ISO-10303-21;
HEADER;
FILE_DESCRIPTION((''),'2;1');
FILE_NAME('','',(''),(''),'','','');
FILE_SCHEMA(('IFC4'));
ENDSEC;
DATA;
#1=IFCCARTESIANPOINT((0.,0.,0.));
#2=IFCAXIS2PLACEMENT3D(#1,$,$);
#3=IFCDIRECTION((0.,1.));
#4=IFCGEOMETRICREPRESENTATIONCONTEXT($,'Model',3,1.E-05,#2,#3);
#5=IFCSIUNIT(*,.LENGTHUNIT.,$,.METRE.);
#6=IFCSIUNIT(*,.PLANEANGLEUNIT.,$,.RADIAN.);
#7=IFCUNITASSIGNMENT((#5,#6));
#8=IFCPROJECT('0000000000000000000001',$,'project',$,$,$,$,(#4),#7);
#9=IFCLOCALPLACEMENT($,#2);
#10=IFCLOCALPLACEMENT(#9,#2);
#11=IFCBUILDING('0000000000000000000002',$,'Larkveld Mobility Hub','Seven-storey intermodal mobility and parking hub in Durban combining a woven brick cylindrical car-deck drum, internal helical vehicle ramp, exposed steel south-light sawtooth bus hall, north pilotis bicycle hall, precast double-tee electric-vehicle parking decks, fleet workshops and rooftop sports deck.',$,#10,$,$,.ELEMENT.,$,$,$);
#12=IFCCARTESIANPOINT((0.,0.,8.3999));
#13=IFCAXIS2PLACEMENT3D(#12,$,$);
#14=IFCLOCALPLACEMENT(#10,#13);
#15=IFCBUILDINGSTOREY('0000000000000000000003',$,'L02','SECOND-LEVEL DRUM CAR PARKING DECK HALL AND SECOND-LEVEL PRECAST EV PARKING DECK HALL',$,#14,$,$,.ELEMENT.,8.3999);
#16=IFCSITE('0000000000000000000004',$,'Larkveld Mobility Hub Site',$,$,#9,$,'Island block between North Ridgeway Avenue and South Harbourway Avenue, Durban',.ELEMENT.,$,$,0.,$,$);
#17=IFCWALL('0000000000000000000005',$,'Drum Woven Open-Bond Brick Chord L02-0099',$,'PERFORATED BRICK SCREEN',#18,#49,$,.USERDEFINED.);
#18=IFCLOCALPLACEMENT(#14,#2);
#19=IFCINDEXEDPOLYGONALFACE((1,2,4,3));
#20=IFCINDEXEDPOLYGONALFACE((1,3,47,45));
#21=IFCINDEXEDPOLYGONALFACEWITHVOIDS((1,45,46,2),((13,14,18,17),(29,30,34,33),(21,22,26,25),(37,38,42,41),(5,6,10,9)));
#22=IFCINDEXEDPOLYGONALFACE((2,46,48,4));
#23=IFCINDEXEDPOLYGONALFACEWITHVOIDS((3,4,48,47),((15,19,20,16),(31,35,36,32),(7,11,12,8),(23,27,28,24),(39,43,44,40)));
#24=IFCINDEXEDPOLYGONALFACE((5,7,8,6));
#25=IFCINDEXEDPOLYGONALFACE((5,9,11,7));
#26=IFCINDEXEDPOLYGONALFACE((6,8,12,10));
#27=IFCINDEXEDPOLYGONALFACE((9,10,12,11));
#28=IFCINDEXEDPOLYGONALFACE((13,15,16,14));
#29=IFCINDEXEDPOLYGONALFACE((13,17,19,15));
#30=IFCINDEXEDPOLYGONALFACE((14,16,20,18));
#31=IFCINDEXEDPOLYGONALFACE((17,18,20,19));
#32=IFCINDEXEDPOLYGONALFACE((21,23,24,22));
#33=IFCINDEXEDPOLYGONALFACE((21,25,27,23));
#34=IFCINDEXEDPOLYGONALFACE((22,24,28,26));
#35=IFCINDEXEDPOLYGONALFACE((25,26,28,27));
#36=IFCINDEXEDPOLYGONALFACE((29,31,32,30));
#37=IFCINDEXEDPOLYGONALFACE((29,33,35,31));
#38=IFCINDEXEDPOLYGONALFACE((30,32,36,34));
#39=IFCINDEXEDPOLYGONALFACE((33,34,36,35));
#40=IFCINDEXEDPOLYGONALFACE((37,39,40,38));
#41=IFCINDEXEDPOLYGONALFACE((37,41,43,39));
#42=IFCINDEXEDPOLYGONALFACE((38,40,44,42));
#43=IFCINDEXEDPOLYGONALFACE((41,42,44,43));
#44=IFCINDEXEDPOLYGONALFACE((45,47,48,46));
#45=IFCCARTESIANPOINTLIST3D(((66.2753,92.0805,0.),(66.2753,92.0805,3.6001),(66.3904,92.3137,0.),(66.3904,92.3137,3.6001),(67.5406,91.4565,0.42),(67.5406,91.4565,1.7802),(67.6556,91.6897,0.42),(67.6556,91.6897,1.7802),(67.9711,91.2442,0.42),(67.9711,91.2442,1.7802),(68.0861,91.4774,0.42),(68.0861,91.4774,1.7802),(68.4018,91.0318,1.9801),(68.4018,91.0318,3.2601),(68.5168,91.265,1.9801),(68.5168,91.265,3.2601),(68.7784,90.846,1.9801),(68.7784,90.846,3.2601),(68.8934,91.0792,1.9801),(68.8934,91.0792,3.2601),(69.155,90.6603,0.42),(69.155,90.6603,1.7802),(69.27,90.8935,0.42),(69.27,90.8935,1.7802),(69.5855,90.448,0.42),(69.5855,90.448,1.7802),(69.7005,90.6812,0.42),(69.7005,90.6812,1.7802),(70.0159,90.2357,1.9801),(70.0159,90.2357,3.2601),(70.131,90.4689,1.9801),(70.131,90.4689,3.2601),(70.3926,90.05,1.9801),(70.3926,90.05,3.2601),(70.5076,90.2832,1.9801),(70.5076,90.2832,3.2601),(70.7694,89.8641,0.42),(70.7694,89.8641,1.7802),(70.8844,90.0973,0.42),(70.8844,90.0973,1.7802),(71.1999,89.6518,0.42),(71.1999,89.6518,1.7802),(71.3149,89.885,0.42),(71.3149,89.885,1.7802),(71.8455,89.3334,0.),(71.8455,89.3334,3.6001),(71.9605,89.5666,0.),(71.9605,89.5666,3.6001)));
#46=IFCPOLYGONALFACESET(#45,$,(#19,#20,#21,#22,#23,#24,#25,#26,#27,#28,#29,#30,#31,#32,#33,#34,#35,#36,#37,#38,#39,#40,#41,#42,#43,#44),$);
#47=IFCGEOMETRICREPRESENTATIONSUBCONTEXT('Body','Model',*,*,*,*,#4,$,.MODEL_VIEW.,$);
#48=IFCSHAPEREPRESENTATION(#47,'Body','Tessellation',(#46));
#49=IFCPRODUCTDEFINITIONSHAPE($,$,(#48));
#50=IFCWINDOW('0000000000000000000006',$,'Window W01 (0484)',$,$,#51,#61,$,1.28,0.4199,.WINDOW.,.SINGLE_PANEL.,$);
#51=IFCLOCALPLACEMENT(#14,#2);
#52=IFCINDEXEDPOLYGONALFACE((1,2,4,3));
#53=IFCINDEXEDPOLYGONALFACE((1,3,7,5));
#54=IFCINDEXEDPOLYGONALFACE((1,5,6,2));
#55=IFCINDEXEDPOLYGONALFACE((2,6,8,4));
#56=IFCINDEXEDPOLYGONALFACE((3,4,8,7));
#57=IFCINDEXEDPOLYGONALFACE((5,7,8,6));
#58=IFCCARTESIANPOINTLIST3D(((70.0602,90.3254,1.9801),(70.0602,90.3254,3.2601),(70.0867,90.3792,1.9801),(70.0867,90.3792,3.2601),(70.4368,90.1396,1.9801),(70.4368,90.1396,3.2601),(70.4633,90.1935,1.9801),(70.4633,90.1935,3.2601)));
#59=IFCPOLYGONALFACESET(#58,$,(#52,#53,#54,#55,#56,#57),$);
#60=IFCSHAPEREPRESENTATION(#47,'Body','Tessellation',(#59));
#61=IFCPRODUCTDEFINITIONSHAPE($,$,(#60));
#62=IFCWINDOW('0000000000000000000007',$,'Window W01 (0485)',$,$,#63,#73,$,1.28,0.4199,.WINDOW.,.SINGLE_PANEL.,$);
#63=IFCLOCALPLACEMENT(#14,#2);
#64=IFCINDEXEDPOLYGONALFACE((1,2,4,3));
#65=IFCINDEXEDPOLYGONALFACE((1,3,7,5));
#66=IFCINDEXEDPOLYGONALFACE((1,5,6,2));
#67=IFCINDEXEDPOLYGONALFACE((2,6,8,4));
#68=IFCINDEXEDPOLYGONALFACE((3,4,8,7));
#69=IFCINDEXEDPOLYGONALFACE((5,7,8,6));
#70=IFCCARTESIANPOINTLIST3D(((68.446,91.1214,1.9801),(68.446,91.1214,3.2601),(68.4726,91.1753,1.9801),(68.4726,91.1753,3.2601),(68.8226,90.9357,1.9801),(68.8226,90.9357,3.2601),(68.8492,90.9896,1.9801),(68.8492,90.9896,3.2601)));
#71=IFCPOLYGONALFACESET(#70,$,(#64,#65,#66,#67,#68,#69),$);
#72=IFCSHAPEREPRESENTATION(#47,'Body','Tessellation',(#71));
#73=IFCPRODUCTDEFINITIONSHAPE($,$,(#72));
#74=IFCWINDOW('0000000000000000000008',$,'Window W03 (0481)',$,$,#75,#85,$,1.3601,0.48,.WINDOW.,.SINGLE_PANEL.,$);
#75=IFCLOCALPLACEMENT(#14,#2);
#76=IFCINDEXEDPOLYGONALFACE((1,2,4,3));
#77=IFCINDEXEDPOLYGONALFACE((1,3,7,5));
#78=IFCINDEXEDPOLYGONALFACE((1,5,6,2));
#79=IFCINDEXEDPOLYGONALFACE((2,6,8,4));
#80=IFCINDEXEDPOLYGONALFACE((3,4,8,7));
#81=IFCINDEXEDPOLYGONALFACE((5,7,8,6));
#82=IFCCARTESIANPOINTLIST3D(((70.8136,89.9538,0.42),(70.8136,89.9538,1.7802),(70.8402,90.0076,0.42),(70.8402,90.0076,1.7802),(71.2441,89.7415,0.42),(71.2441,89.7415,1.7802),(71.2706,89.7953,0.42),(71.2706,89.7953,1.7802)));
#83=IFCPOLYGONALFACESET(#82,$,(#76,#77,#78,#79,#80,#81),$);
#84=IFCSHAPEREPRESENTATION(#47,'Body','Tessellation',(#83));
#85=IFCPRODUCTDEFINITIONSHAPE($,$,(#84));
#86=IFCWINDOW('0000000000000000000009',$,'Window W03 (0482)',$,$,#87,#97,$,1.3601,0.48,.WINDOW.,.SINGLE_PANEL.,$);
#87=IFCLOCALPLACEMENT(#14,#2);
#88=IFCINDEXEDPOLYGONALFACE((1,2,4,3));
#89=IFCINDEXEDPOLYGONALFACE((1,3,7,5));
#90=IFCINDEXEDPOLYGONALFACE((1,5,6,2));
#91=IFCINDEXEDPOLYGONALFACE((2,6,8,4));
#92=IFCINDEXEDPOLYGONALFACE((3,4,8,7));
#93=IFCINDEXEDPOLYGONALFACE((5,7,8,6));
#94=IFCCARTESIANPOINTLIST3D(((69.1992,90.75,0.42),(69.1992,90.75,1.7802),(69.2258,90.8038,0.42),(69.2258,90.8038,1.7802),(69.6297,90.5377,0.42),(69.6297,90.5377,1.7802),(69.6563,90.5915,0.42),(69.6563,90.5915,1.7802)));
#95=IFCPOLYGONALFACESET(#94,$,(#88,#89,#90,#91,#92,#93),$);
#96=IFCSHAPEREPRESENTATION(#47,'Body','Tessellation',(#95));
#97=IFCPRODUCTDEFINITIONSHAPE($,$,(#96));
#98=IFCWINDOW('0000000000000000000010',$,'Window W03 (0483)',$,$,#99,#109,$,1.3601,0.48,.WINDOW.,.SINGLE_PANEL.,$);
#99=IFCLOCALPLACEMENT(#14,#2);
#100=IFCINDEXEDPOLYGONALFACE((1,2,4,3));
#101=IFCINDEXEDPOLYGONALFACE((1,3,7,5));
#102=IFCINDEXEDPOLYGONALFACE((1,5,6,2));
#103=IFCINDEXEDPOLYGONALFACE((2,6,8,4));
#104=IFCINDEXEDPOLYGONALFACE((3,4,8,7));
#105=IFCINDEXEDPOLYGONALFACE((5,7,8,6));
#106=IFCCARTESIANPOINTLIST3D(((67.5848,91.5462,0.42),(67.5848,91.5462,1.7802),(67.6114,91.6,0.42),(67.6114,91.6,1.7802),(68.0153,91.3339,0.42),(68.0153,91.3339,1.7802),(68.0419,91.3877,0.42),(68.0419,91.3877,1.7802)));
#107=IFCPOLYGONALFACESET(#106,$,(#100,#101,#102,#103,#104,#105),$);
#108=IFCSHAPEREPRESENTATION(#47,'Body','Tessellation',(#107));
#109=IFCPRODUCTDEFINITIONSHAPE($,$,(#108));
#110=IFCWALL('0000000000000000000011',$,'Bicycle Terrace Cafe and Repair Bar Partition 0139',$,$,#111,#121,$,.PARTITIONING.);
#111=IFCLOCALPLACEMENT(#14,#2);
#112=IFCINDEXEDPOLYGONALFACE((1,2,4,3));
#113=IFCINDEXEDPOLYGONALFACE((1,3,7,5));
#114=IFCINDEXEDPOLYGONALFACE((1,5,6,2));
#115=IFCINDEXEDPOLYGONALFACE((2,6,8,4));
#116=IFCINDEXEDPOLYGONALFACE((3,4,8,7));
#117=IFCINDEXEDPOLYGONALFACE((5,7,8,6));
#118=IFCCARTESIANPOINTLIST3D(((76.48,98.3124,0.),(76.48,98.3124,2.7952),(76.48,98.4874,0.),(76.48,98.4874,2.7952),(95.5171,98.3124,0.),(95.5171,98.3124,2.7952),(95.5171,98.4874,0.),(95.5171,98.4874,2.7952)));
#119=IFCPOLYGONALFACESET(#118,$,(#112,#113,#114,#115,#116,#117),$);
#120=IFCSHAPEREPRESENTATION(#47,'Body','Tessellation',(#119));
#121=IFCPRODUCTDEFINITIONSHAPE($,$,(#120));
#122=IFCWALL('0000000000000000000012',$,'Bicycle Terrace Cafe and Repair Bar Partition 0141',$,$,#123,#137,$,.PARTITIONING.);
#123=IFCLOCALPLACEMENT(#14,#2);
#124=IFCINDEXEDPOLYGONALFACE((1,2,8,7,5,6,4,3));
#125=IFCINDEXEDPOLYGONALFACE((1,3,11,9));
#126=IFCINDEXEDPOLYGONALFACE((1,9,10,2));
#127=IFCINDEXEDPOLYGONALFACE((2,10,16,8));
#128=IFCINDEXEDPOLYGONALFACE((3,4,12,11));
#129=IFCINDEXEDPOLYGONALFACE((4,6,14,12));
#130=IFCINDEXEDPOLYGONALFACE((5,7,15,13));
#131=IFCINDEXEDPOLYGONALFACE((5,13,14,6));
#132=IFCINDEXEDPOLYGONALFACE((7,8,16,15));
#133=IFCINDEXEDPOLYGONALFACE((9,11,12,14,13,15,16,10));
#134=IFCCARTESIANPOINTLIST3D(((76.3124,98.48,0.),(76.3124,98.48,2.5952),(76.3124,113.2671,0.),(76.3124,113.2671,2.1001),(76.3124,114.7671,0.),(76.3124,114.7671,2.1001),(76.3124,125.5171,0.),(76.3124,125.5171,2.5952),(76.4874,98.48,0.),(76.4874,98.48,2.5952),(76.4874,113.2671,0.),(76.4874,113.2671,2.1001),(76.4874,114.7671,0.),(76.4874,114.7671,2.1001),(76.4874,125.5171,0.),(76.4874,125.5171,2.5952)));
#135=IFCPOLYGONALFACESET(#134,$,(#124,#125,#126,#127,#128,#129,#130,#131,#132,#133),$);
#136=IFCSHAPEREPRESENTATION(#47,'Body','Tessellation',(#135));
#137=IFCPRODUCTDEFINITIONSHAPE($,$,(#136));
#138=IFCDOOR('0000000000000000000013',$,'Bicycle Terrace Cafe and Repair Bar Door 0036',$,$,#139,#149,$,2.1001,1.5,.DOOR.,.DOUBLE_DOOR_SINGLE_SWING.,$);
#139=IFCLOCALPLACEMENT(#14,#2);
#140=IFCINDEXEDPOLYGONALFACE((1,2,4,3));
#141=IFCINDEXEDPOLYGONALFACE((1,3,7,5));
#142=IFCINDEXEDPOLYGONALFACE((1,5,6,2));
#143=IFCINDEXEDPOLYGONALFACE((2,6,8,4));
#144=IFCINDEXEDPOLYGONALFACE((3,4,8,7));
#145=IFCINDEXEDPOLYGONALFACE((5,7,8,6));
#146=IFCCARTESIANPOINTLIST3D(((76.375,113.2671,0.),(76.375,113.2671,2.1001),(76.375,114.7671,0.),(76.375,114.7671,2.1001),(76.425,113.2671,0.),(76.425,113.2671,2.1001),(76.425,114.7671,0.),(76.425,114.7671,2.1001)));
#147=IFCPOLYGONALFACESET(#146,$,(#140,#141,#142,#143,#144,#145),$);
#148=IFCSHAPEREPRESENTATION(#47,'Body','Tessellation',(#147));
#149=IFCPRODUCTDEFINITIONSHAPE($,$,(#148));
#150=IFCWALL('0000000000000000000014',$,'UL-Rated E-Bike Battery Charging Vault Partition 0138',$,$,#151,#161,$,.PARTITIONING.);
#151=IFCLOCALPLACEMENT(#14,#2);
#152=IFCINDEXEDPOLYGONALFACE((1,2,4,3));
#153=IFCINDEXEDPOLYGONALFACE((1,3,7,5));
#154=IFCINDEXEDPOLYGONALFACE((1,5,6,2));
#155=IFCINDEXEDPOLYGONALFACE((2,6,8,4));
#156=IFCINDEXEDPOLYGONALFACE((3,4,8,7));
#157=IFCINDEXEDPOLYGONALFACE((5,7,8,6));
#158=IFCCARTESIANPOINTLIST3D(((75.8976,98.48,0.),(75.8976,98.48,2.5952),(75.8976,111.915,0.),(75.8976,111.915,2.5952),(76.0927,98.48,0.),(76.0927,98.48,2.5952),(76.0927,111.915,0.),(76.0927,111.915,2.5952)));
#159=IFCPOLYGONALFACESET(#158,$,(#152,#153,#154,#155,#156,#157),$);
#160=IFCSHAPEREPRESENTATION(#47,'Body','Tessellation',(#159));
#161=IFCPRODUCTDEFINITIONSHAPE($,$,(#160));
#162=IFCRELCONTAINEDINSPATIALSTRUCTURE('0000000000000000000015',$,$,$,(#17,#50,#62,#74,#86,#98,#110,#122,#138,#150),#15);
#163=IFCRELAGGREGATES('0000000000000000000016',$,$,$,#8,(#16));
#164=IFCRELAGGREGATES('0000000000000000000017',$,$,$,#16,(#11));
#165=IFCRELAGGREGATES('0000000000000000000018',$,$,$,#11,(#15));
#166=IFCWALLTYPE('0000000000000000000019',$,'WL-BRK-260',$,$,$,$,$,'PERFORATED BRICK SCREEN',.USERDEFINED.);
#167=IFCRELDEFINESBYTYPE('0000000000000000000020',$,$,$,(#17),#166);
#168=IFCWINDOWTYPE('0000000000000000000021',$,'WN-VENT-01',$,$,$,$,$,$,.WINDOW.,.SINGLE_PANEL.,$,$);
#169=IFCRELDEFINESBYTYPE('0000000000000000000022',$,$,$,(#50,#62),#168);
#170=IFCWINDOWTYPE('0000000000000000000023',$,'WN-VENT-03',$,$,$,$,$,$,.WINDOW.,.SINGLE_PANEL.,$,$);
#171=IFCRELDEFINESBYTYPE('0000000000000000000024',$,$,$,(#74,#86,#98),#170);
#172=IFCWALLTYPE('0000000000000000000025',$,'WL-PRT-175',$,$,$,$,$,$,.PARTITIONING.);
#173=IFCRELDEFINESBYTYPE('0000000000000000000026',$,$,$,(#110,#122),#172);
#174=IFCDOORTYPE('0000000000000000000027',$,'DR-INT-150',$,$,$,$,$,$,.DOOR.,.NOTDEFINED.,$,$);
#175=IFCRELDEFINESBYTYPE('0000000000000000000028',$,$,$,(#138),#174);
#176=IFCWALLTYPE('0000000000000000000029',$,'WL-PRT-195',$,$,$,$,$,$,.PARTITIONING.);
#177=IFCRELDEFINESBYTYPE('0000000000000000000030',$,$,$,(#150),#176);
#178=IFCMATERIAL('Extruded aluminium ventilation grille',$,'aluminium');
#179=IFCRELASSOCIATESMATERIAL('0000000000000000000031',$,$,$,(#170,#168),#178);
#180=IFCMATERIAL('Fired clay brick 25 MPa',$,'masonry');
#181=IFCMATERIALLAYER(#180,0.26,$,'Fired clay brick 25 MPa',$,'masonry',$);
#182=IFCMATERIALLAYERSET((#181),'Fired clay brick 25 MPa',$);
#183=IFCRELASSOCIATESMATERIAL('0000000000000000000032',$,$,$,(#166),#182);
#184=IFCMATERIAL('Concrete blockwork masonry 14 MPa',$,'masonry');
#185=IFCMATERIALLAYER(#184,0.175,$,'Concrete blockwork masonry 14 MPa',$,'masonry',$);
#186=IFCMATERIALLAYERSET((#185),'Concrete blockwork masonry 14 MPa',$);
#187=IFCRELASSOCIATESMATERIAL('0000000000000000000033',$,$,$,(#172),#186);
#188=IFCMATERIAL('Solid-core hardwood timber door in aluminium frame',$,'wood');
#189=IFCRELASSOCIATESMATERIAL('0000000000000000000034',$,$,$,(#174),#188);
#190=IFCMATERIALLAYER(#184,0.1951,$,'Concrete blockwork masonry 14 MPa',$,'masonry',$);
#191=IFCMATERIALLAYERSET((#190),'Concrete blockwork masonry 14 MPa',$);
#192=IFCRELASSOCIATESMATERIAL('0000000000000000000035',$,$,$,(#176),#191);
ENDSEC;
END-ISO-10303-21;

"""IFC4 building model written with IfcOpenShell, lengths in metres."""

from ifc_helpers import new_model, si_unit, direction, frame, frame_2d, origin, place, context, subcontext, project, spatial, rectangle, extrude, material, layer, layer_set, type_object, element, fill, save


model = new_model("IFC4")

# Units and contexts
model_context = context("Model", 3, precision=1e-05, world=origin(), true_north=direction((0.0, 1.0)))
body_context = subcontext(model_context, "Body", "Model", "MODEL_VIEW")
ifc_project = project(units=[si_unit("LENGTHUNIT", "METRE"), si_unit("PLANEANGLEUNIT", "RADIAN")], contexts=[model_context])

# Site, building, storey
site_placement = place(None, origin())
site = spatial("IfcSite", under=ifc_project, at=site_placement, Name="Larkveld Mobility Hub Site", LongName="Island block between North Ridgeway Avenue and South Harbourway Avenue, Durban", CompositionType="ELEMENT", RefElevation=0.0)
building_placement = place(site_placement, origin())
building = spatial("IfcBuilding", under=site, at=building_placement, Name="Larkveld Mobility Hub", Description="Seven-storey intermodal mobility and parking hub in Durban combining a woven brick cylindrical car-deck drum, internal helical vehicle ramp, exposed steel south-light sawtooth bus hall, north pilotis bicycle hall, precast double-tee electric-vehicle parking decks, fleet workshops and rooftop sports deck.", CompositionType="ELEMENT")
storey_placement = place(building_placement, frame((0.0, 0.0, 8.3999)))
storey = spatial("IfcBuildingStorey", under=building, at=storey_placement, Name="L02", Description="SECOND-LEVEL DRUM CAR PARKING DECK HALL AND SECOND-LEVEL PRECAST EV PARKING DECK HALL", CompositionType="ELEMENT", Elevation=8.3999)

# Wall, openings, windows
ifc_material_1 = material(Name="Fired clay brick 25 MPa", Category="masonry")
ifc_material_2 = material(Name="Extruded aluminium ventilation grille", Category="aluminium")
window_type_1 = type_object("IfcWindowType", Name="WN-VENT-03", PartitioningType="SINGLE_PANEL", PredefinedType="WINDOW", material=ifc_material_2)
ifc_layer_1 = layer(ifc_material_1, 0.26, Name="Fired clay brick 25 MPa", Category="masonry")
ifc_layer_set_1 = layer_set([ifc_layer_1], Name="Fired clay brick 25 MPa")
wall_type_1 = type_object("IfcWallType", Name="WL-BRK-260", ElementType="PERFORATED BRICK SCREEN", PredefinedType="USERDEFINED", material=ifc_layer_set_1)
wall_1_placement = place(storey_placement, frame((71.9031, 89.45, 0.0), z_axis=(0.0, 0.0, 1.0), x_axis=(-0.896859, 0.442317, 0.0)))
wall_1 = element("IfcWall", 1, at=wall_1_placement, inside=storey, type_object=wall_type_1, Name="Drum Woven Open-Bond Brick Chord L02-0099", ObjectType="PERFORATED BRICK SCREEN", PredefinedType="USERDEFINED", context=body_context, shape_type="SweptSolid", body=[
    extrude(rectangle(XDim=6.2107, YDim=0.26, at=frame_2d((3.1055, 0.0))), origin(), (0.0, 0.0, 1.0), 3.6001),
])
opening_1_placement = place(wall_1_placement, frame((0.72, 0.0, 0.4199)))
opening_1 = element("IfcOpeningElement", 2, at=opening_1_placement, cuts=wall_1, PredefinedType="OPENING", context=body_context, shape_type="SweptSolid", body=[
    extrude(rectangle(XDim=0.48, YDim=1.3601, at=frame_2d((0.24, 0.6802))), frame((0.0, 0.1401, 0.0), z_axis=(0.0, -1.0, 0.0), x_axis=(1.0, 0.0, 0.0)), (0.0, 0.0, 1.0), 0.28),
])
opening_2_placement = place(wall_1_placement, frame((2.52, 0.0, 0.4199)))
opening_2 = element("IfcOpeningElement", 3, at=opening_2_placement, cuts=wall_1, PredefinedType="OPENING", context=body_context, shape_type="SweptSolid", body=[
    extrude(rectangle(XDim=0.48, YDim=1.3601, at=frame_2d((0.24, 0.6802))), frame((0.0, 0.1401, 0.0), z_axis=(0.0, -1.0, 0.0), x_axis=(1.0, 0.0, 0.0)), (0.0, 0.0, 1.0), 0.28),
])
opening_3_placement = place(wall_1_placement, frame((4.3201, 0.0, 0.4199)))
opening_3 = element("IfcOpeningElement", 4, at=opening_3_placement, cuts=wall_1, PredefinedType="OPENING", context=body_context, shape_type="SweptSolid", body=[
    extrude(rectangle(XDim=0.48, YDim=1.3601, at=frame_2d((0.24, 0.6802))), frame((0.0, 0.1401, 0.0), z_axis=(0.0, -1.0, 0.0), x_axis=(1.0, 0.0, 0.0)), (0.0, 0.0, 1.0), 0.28),
])
opening_4_placement = place(wall_1_placement, frame((1.6201, 0.0, 1.98)))
opening_4 = element("IfcOpeningElement", 5, at=opening_4_placement, cuts=wall_1, PredefinedType="OPENING", context=body_context, shape_type="SweptSolid", body=[
    extrude(rectangle(XDim=0.4199, YDim=1.28, at=frame_2d((0.21, 0.6401))), frame((0.0, 0.1401, 0.0), z_axis=(0.0, -1.0, 0.0), x_axis=(1.0, 0.0, 0.0)), (0.0, 0.0, 1.0), 0.28),
])
opening_5_placement = place(wall_1_placement, frame((3.4199, 0.0, 1.98)))
opening_5 = element("IfcOpeningElement", 6, at=opening_5_placement, cuts=wall_1, PredefinedType="OPENING", context=body_context, shape_type="SweptSolid", body=[
    extrude(rectangle(XDim=0.4199, YDim=1.28, at=frame_2d((0.21, 0.6401))), frame((0.0, 0.1401, 0.0), z_axis=(0.0, -1.0, 0.0), x_axis=(1.0, 0.0, 0.0)), (0.0, 0.0, 1.0), 0.28),
])
window_type_2 = type_object("IfcWindowType", Name="WN-VENT-01", PartitioningType="SINGLE_PANEL", PredefinedType="WINDOW", material=ifc_material_2)
window_1_placement = place(opening_4_placement, origin())
window_1 = element("IfcWindow", 7, at=window_1_placement, inside=storey, type_object=window_type_2, Name="Window W01 (0484)", OverallHeight=1.28, OverallWidth=0.4199, PartitioningType="SINGLE_PANEL", PredefinedType="WINDOW", context=body_context, shape_type="SweptSolid", body=[
    extrude(rectangle(XDim=0.4199, YDim=1.28, at=frame_2d((0.21, 0.6401))), frame((0.0, 0.03, 0.0), z_axis=(0.0, -1.0, 0.0), x_axis=(1.0, 0.0, 0.0)), (0.0, 0.0, 1.0), 0.0601),
])
fill(opening_4, window_1)
window_2_placement = place(opening_5_placement, origin())
window_2 = element("IfcWindow", 8, at=window_2_placement, inside=storey, type_object=window_type_2, Name="Window W01 (0485)", OverallHeight=1.28, OverallWidth=0.4199, PartitioningType="SINGLE_PANEL", PredefinedType="WINDOW", context=body_context, shape_type="SweptSolid", body=[
    extrude(rectangle(XDim=0.4199, YDim=1.28, at=frame_2d((0.21, 0.6401))), frame((0.0, 0.03, 0.0), z_axis=(0.0, -1.0, 0.0), x_axis=(1.0, 0.0, 0.0)), (0.0, 0.0, 1.0), 0.0601),
])
fill(opening_5, window_2)
window_3_placement = place(opening_1_placement, origin())
window_3 = element("IfcWindow", 9, at=window_3_placement, inside=storey, type_object=window_type_1, Name="Window W03 (0481)", OverallHeight=1.3601, OverallWidth=0.48, PartitioningType="SINGLE_PANEL", PredefinedType="WINDOW", context=body_context, shape_type="SweptSolid", body=[
    extrude(rectangle(XDim=0.48, YDim=1.3601, at=frame_2d((0.24, 0.6802))), frame((0.0, 0.03, 0.0), z_axis=(0.0, -1.0, 0.0), x_axis=(1.0, 0.0, 0.0)), (0.0, 0.0, 1.0), 0.0601),
])
fill(opening_1, window_3)
window_4_placement = place(opening_2_placement, origin())
window_4 = element("IfcWindow", 10, at=window_4_placement, inside=storey, type_object=window_type_1, Name="Window W03 (0482)", OverallHeight=1.3601, OverallWidth=0.48, PartitioningType="SINGLE_PANEL", PredefinedType="WINDOW", context=body_context, shape_type="SweptSolid", body=[
    extrude(rectangle(XDim=0.48, YDim=1.3601, at=frame_2d((0.24, 0.6802))), frame((0.0, 0.03, 0.0), z_axis=(0.0, -1.0, 0.0), x_axis=(1.0, 0.0, 0.0)), (0.0, 0.0, 1.0), 0.0601),
])
fill(opening_2, window_4)
window_5_placement = place(opening_3_placement, origin())
window_5 = element("IfcWindow", 11, at=window_5_placement, inside=storey, type_object=window_type_1, Name="Window W03 (0483)", OverallHeight=1.3601, OverallWidth=0.48, PartitioningType="SINGLE_PANEL", PredefinedType="WINDOW", context=body_context, shape_type="SweptSolid", body=[
    extrude(rectangle(XDim=0.48, YDim=1.3601, at=frame_2d((0.24, 0.6802))), frame((0.0, 0.03, 0.0), z_axis=(0.0, -1.0, 0.0), x_axis=(1.0, 0.0, 0.0)), (0.0, 0.0, 1.0), 0.0601),
])
fill(opening_3, window_5)

# Wall
ifc_material_3 = material(Name="Concrete blockwork masonry 14 MPa", Category="masonry")
ifc_layer_2 = layer(ifc_material_3, 0.175, Name="Concrete blockwork masonry 14 MPa", Category="masonry")
ifc_layer_set_2 = layer_set([ifc_layer_2], Name="Concrete blockwork masonry 14 MPa")
wall_type_2 = type_object("IfcWallType", Name="WL-PRT-175", PredefinedType="PARTITIONING", material=ifc_layer_set_2)
wall_2_placement = place(storey_placement, frame((76.48, 98.3999, 0.0), z_axis=(0.0, 0.0, 1.0), x_axis=(1.0, 0.0, 0.0)))
element("IfcWall", 12, at=wall_2_placement, inside=storey, type_object=wall_type_2, Name="Bicycle Terrace Cafe and Repair Bar Partition 0139", PredefinedType="PARTITIONING", context=body_context, shape_type="SweptSolid", body=[
    extrude(rectangle(XDim=19.0371, YDim=0.175, at=frame_2d((9.5186, 0.0))), origin(), (0.0, 0.0, 1.0), 2.7952),
])

# Wall, opening, door
wall_3_placement = place(storey_placement, frame((76.3999, 98.48, 0.0), z_axis=(0.0, 0.0, 1.0), x_axis=(0.0, 1.0, 0.0)))
wall_3 = element("IfcWall", 13, at=wall_3_placement, inside=storey, type_object=wall_type_2, Name="Bicycle Terrace Cafe and Repair Bar Partition 0141", PredefinedType="PARTITIONING", context=body_context, shape_type="SweptSolid", body=[
    extrude(rectangle(XDim=27.0371, YDim=0.175, at=frame_2d((13.5186, 0.0))), origin(), (0.0, 0.0, 1.0), 2.5952),
])
opening_6_placement = place(wall_3_placement, frame((14.7871, 0.0, 0.0)))
opening_6 = element("IfcOpeningElement", 14, at=opening_6_placement, cuts=wall_3, PredefinedType="OPENING", context=body_context, shape_type="SweptSolid", body=[
    extrude(rectangle(XDim=1.5, YDim=2.1001, at=frame_2d((0.75, 1.05))), frame((0.0, 0.0977, 0.0), z_axis=(0.0, -1.0, 0.0), x_axis=(1.0, 0.0, 0.0)), (0.0, 0.0, 1.0), 0.1951),
])
ifc_material_4 = material(Name="Solid-core hardwood timber door in aluminium frame", Category="wood")
door_type = type_object("IfcDoorType", Name="DR-INT-150", OperationType="NOTDEFINED", PredefinedType="DOOR", material=ifc_material_4)
door_placement = place(opening_6_placement, origin())
door = element("IfcDoor", 15, at=door_placement, inside=storey, type_object=door_type, Name="Bicycle Terrace Cafe and Repair Bar Door 0036", OperationType="DOUBLE_DOOR_SINGLE_SWING", OverallHeight=2.1001, OverallWidth=1.5, PredefinedType="DOOR", context=body_context, shape_type="SweptSolid", body=[
    extrude(rectangle(XDim=1.5, YDim=2.1001, at=frame_2d((0.75, 1.05))), frame((0.0, 0.0249, 0.0), z_axis=(0.0, -1.0, 0.0), x_axis=(1.0, 0.0, 0.0)), (0.0, 0.0, 1.0), 0.05),
])
fill(opening_6, door)

# Wall
ifc_layer_3 = layer(ifc_material_3, 0.1951, Name="Concrete blockwork masonry 14 MPa", Category="masonry")
ifc_layer_set_3 = layer_set([ifc_layer_3], Name="Concrete blockwork masonry 14 MPa")
wall_type_3 = type_object("IfcWallType", Name="WL-PRT-195", PredefinedType="PARTITIONING", material=ifc_layer_set_3)
wall_4_placement = place(storey_placement, frame((75.9951, 98.48, 0.0), z_axis=(0.0, 0.0, 1.0), x_axis=(0.0, 1.0, 0.0)))
element("IfcWall", 16, at=wall_4_placement, inside=storey, type_object=wall_type_3, Name="UL-Rated E-Bike Battery Charging Vault Partition 0138", PredefinedType="PARTITIONING", context=body_context, shape_type="SweptSolid", body=[
    extrude(rectangle(XDim=13.4351, YDim=0.1951, at=frame_2d((6.7175, 0.0))), origin(), (0.0, 0.0, 1.0), 2.5952),
])

save(model, "model.ifc")
